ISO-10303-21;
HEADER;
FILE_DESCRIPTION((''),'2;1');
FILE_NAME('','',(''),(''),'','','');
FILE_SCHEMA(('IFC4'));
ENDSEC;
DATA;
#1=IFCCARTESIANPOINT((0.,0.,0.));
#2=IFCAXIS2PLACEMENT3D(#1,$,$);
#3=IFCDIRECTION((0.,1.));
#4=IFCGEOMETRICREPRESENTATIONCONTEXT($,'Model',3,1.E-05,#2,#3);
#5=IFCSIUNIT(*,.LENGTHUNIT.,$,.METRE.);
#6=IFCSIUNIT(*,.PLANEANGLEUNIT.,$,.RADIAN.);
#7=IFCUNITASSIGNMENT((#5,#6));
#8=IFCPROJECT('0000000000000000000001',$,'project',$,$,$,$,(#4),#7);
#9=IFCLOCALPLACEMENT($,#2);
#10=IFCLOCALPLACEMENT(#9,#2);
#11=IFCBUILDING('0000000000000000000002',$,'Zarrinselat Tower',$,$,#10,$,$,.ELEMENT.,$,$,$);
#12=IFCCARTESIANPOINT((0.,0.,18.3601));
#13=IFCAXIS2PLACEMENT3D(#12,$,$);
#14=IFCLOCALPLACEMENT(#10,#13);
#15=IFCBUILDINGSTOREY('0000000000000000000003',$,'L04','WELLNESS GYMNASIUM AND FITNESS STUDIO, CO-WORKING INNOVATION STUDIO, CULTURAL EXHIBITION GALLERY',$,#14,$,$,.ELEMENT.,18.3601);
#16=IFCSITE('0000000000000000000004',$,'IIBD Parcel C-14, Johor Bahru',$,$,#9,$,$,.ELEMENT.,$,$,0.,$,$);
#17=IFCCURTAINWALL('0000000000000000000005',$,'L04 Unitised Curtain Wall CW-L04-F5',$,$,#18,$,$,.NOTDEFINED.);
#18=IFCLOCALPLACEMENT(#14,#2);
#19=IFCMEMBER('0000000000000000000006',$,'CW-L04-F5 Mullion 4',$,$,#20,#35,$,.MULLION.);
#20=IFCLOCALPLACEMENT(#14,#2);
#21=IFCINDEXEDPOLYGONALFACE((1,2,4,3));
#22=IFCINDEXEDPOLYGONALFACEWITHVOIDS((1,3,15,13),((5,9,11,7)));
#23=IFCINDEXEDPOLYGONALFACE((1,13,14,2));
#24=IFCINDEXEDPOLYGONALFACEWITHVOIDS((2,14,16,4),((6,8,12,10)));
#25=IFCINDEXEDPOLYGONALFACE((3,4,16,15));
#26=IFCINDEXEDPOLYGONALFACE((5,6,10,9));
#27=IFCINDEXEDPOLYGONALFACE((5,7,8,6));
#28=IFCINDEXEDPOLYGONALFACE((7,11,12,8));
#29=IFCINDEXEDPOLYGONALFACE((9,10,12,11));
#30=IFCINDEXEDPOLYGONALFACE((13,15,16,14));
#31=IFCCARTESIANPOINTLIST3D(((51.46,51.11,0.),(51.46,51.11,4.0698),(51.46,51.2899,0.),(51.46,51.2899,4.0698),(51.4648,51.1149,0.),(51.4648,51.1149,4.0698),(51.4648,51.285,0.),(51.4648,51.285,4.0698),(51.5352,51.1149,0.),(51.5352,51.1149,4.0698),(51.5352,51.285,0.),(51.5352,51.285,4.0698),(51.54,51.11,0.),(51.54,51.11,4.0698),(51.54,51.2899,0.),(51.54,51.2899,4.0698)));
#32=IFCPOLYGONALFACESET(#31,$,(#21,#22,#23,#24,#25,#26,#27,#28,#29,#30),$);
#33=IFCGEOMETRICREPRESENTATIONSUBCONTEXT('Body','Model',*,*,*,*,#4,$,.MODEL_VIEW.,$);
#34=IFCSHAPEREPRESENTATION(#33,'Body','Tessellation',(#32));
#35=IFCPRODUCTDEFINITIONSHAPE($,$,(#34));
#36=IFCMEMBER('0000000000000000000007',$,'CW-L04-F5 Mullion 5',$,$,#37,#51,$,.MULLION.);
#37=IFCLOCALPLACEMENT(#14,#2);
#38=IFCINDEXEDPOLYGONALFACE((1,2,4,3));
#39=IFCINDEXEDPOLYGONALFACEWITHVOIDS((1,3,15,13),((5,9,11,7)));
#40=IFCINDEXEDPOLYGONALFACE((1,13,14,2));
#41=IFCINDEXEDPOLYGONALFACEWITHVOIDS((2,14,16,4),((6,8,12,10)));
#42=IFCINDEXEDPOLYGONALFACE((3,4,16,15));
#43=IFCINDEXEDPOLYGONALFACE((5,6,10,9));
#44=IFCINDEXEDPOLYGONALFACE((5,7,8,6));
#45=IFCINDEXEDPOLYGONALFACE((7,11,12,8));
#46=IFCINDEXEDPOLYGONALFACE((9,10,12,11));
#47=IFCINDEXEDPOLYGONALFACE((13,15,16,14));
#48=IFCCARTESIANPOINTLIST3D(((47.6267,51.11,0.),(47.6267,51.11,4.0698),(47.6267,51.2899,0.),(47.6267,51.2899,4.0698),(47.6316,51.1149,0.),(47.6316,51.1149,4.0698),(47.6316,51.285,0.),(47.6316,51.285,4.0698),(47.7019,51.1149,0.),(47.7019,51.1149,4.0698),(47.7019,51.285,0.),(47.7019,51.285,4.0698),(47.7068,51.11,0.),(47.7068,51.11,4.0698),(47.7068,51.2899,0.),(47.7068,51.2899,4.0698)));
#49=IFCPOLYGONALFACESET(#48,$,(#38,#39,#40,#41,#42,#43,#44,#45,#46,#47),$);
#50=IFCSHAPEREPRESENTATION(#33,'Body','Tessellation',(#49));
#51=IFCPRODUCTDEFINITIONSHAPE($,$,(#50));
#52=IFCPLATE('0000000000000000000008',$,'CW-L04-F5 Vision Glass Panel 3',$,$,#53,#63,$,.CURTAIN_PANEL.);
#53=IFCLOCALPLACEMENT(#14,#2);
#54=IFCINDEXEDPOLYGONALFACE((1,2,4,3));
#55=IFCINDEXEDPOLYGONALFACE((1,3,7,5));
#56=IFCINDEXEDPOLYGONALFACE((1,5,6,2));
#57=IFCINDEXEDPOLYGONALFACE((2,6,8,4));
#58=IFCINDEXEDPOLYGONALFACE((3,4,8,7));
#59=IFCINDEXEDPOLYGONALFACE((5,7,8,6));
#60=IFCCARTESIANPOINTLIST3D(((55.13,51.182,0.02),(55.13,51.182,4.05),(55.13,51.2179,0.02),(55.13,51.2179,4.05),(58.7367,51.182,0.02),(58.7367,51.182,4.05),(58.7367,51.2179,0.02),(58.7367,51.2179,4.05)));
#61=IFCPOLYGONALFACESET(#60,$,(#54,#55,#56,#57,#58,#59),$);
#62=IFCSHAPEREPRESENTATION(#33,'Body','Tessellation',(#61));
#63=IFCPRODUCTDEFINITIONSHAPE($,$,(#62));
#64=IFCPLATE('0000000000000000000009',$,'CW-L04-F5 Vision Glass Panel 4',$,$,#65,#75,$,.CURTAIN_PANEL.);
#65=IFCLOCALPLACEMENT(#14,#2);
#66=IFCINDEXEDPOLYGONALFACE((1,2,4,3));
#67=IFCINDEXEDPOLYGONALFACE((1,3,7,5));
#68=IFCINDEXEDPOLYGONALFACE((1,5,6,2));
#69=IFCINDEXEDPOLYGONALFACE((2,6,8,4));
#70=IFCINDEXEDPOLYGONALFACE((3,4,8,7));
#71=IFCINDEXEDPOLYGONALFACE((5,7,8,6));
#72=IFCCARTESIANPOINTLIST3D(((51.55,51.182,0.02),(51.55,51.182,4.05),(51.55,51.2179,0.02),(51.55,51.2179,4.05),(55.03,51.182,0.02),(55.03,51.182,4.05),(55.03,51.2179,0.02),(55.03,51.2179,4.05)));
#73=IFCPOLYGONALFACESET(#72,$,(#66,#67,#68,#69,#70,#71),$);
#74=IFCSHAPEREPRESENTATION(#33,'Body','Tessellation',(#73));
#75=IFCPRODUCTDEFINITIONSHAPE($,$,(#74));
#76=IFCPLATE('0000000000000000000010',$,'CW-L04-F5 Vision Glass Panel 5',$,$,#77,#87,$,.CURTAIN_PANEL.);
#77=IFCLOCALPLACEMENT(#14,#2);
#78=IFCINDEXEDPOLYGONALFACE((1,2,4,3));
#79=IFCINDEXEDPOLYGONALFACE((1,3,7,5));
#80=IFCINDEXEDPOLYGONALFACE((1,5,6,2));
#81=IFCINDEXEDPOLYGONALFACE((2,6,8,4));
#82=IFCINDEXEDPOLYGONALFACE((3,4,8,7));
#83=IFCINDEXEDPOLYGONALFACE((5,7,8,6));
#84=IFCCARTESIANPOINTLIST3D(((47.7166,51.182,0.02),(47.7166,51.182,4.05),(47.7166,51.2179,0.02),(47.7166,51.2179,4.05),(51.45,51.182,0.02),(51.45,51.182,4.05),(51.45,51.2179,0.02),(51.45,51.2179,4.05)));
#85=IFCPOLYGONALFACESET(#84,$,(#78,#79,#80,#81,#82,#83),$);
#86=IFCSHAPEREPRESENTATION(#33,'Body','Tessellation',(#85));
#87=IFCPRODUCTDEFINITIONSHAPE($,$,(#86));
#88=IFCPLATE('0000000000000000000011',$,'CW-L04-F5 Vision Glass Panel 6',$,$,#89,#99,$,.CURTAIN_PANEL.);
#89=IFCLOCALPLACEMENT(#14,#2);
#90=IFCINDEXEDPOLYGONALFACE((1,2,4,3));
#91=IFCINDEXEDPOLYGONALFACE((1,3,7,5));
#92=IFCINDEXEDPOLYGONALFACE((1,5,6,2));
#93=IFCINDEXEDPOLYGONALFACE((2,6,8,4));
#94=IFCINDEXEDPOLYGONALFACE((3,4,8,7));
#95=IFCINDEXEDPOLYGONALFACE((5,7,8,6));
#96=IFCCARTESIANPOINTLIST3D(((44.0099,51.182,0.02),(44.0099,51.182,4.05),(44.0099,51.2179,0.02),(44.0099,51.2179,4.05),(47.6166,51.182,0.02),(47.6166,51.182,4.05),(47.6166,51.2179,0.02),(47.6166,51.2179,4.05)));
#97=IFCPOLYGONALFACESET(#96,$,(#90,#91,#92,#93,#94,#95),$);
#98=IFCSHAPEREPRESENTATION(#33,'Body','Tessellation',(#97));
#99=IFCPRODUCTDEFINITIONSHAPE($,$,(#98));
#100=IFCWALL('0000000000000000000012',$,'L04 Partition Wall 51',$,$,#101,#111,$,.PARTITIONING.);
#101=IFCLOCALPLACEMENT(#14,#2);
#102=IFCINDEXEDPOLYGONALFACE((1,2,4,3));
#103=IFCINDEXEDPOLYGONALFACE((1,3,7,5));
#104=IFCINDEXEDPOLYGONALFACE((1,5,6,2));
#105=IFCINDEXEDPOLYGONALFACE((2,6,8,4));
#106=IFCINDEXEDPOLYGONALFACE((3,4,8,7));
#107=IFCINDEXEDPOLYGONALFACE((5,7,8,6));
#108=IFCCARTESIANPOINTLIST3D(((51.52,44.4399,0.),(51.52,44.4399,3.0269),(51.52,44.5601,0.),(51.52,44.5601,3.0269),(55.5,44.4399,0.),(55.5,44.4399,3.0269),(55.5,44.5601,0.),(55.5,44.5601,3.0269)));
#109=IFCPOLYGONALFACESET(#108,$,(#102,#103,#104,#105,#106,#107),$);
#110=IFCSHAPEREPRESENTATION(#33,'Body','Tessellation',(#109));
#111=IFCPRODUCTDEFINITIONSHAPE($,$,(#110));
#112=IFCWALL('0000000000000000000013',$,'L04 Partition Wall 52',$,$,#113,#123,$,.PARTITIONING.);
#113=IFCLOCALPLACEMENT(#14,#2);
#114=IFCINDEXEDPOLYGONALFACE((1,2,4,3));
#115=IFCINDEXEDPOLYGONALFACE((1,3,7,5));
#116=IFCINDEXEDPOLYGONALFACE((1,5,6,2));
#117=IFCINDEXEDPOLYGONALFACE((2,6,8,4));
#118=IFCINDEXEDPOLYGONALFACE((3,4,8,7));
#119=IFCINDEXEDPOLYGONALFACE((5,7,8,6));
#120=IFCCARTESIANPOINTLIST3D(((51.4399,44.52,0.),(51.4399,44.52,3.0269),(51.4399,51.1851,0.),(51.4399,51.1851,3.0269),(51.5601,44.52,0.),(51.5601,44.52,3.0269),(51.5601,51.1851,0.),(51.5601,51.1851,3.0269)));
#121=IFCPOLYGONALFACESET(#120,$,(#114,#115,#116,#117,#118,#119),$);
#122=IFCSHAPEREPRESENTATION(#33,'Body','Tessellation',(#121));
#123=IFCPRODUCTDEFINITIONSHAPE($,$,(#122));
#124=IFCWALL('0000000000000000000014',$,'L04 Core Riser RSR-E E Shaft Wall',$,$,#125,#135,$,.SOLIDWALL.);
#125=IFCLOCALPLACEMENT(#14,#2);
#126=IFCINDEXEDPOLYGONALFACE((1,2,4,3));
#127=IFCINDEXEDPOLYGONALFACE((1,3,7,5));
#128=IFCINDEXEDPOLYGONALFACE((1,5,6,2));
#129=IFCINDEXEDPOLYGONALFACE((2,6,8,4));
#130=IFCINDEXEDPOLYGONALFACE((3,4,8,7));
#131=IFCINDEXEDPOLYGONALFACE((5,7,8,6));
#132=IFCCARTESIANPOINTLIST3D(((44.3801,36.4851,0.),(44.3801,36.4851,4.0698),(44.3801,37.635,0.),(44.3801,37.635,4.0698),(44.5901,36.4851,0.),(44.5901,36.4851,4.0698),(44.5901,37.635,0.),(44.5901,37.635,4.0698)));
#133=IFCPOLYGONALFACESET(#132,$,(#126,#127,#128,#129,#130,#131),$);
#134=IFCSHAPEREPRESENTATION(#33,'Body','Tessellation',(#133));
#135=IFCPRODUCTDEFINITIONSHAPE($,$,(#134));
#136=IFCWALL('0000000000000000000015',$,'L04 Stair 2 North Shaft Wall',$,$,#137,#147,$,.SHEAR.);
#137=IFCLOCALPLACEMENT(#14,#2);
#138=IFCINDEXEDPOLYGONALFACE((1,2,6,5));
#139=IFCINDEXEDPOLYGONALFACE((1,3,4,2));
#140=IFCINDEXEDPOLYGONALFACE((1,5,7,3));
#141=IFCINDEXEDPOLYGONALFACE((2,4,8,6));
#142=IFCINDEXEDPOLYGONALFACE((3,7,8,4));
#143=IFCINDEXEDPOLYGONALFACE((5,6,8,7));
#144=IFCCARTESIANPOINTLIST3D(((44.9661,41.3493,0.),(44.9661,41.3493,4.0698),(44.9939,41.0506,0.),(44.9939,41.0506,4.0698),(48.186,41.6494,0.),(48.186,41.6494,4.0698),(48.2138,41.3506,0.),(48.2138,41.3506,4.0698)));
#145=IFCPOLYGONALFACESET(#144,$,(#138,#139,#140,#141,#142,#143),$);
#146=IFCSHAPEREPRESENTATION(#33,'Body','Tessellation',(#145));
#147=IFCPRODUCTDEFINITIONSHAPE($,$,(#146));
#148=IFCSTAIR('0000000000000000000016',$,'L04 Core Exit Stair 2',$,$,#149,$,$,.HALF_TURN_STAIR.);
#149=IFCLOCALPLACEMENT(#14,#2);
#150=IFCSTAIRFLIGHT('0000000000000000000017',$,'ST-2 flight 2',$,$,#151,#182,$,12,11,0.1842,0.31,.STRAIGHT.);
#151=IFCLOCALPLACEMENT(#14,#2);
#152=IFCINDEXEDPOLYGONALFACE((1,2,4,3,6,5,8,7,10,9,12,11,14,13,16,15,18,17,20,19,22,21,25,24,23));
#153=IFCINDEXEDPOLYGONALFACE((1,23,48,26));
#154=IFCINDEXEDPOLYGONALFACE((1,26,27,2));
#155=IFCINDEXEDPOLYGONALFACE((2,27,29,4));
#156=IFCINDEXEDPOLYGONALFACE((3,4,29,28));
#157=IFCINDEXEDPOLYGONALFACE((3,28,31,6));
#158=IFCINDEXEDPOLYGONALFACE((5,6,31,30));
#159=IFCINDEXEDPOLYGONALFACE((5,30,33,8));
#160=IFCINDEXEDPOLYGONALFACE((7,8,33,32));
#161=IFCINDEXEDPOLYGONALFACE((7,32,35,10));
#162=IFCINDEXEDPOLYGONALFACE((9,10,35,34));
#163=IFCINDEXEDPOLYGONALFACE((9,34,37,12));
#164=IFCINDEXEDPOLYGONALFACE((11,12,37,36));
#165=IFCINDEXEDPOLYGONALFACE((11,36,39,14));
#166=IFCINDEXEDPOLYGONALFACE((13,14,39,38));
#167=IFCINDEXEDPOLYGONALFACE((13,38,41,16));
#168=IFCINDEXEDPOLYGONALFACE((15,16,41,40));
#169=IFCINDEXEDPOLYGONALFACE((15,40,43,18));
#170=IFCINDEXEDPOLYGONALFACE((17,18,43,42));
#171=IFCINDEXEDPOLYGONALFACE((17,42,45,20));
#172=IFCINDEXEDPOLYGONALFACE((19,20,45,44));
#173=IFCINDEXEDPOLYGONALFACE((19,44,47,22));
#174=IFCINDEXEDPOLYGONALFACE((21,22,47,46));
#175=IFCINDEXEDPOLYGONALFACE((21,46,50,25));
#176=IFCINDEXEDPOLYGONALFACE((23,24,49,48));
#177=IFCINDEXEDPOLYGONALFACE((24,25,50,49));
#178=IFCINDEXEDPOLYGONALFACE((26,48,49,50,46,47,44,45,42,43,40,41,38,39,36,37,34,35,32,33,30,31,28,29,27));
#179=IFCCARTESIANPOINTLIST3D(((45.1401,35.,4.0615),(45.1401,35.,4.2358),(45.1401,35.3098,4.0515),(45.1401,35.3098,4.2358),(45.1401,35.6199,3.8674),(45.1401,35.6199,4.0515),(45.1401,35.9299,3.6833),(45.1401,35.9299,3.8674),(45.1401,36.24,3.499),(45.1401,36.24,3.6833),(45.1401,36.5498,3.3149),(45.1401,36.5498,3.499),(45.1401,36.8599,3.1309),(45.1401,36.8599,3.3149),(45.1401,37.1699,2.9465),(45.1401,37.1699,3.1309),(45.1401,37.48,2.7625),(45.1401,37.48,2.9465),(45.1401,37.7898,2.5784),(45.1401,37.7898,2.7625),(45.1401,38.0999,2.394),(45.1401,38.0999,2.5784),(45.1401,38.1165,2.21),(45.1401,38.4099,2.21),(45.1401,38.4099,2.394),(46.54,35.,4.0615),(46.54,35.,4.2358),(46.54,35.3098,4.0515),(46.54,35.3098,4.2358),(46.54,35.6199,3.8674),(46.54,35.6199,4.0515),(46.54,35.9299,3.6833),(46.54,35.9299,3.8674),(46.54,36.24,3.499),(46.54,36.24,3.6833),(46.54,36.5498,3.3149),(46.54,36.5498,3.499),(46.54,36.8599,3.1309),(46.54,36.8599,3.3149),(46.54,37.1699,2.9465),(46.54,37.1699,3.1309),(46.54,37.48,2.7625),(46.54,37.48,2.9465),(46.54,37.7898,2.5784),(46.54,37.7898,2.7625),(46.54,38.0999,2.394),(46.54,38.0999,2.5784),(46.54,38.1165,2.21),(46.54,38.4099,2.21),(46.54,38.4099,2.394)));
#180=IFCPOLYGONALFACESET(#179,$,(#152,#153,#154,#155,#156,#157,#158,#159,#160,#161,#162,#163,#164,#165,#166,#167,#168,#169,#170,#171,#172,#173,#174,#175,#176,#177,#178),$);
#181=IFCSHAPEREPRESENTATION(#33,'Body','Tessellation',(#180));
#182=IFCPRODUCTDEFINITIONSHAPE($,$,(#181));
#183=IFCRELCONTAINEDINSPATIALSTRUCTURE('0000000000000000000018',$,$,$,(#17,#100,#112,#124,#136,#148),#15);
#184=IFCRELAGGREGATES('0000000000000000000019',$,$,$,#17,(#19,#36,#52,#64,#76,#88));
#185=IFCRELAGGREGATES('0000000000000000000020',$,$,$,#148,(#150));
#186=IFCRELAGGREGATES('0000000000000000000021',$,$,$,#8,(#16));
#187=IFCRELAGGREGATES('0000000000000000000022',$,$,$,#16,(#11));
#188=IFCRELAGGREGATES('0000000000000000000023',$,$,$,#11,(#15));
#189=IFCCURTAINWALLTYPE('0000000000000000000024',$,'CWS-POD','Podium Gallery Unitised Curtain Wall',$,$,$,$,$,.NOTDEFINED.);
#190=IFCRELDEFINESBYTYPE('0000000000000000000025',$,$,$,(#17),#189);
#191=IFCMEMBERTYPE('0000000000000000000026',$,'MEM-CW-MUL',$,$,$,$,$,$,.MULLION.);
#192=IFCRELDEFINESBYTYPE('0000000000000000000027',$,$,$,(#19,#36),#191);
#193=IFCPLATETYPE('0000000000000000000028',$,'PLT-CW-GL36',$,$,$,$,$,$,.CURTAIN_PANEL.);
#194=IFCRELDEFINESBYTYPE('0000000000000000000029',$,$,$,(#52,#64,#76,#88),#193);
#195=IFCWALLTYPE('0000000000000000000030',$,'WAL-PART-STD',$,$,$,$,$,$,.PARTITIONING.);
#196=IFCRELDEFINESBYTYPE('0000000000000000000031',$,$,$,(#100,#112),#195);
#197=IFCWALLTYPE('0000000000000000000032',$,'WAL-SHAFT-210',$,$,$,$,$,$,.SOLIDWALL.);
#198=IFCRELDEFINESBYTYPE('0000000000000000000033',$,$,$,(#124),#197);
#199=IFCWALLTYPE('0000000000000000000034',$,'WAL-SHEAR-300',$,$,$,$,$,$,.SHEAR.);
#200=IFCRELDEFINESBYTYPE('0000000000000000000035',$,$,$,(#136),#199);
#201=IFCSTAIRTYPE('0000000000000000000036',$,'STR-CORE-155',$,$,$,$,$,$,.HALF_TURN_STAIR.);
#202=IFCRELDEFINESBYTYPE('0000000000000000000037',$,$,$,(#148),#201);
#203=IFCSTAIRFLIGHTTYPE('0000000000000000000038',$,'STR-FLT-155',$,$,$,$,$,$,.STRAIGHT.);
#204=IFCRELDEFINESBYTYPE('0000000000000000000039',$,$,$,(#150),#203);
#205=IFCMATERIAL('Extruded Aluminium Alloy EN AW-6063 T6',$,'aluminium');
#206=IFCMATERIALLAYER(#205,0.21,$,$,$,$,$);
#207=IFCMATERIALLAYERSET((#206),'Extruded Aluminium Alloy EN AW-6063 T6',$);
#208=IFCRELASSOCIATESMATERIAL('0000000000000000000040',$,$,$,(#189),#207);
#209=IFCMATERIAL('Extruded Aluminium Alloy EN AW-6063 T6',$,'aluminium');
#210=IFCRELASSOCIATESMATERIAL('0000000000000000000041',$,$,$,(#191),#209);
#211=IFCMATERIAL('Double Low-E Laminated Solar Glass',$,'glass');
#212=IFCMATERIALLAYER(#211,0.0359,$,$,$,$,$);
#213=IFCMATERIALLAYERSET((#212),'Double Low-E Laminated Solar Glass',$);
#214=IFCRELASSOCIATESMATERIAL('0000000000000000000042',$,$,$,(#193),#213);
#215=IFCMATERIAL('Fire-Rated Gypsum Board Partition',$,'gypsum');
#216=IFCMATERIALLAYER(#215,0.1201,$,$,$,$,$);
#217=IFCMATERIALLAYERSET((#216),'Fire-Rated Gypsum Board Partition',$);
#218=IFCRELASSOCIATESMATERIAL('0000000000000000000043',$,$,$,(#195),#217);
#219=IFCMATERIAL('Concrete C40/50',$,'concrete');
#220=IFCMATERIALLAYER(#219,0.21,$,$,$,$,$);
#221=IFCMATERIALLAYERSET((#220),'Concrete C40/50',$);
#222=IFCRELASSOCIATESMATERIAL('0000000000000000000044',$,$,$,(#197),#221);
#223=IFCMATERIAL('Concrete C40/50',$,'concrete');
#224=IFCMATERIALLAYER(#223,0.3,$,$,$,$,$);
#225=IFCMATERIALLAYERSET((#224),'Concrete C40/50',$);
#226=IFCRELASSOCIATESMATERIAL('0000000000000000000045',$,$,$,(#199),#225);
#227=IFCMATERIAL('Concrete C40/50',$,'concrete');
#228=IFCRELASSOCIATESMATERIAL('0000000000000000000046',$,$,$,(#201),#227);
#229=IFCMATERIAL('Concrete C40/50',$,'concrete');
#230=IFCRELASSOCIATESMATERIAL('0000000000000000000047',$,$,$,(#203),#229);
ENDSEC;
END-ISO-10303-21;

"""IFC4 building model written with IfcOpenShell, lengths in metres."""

from ifc_helpers import new_model, si_unit, direction, frame, frame_2d, origin, origin_2d, place, context, subcontext, project, spatial, polyline, rectangle, hollow_rectangle, outline, extrude, material, layer, layer_set, material_profile, profile_set, type_object, element, aggregate, save


model = new_model("IFC4")

# Units and contexts
model_context = context("Model", 3, precision=1e-05, world=origin(), true_north=direction((0.0, 1.0)))
body_context = subcontext(model_context, "Body", "Model", "MODEL_VIEW")
ifc_project = project(units=[si_unit("LENGTHUNIT", "METRE"), si_unit("PLANEANGLEUNIT", "RADIAN")], contexts=[model_context])

# Site, building, storey
site_placement = place(None, origin())
site = spatial("IfcSite", under=ifc_project, at=site_placement, Name="IIBD Parcel C-14, Johor Bahru", CompositionType="ELEMENT", RefElevation=0.0)
building_placement = place(site_placement, origin())
building = spatial("IfcBuilding", under=site, at=building_placement, Name="Zarrinselat Tower", CompositionType="ELEMENT")
storey_placement = place(building_placement, frame((0.0, 0.0, 18.3601)))
storey = spatial("IfcBuildingStorey", under=building, at=storey_placement, Name="L04", Description="WELLNESS GYMNASIUM AND FITNESS STUDIO, CO-WORKING INNOVATION STUDIO, CULTURAL EXHIBITION GALLERY", CompositionType="ELEMENT", Elevation=18.3601)

# Curtain wall, members, plates
ifc_material_1 = material(Name="Extruded Aluminium Alloy EN AW-6063 T6", Category="aluminium")
ifc_layer_1 = layer(ifc_material_1, 0.21)
ifc_layer_set_1 = layer_set([ifc_layer_1], Name="Extruded Aluminium Alloy EN AW-6063 T6")
curtain_wall_type = type_object("IfcCurtainWallType", Name="CWS-POD", Description="Podium Gallery Unitised Curtain Wall", PredefinedType="NOTDEFINED", material=ifc_layer_set_1)
curtain_wall_placement = place(storey_placement, origin())
curtain_wall = element("IfcCurtainWall", 1, at=curtain_wall_placement, inside=storey, type_object=curtain_wall_type, Name="L04 Unitised Curtain Wall CW-L04-F5", PredefinedType="NOTDEFINED")
ifc_material_2 = material(Name="Extruded Aluminium Alloy EN AW-6063 T6", Category="aluminium")
ifc_material_profile_1 = material_profile(ifc_material_2, hollow_rectangle(XDim=0.0801, YDim=0.1799, WallThickness=0.0049, at=origin_2d()), Name="RHS 180x80x5")
ifc_profile_set_1 = profile_set([ifc_material_profile_1], Name="Extruded Aluminium Alloy EN AW-6063 T6")
member_type = type_object("IfcMemberType", Name="MEM-CW-MUL", PredefinedType="MULLION", material=ifc_profile_set_1)
member_1_placement = place(storey_placement, frame((51.5, 51.2, 0.0), z_axis=(0.0, 0.0, 1.0), x_axis=(-1.0, 0.0, 0.0)))
member_1 = element("IfcMember", 2, at=member_1_placement, type_object=member_type, Name="CW-L04-F5 Mullion 4", PredefinedType="MULLION", context=body_context, shape_type="SweptSolid", body=[
    extrude(hollow_rectangle(XDim=0.0801, YDim=0.1799, WallThickness=0.0049, at=origin_2d()), origin(), (0.0, 0.0, 1.0), 4.0698),
])
member_2_placement = place(storey_placement, frame((47.6667, 51.2, 0.0), z_axis=(0.0, 0.0, 1.0), x_axis=(-1.0, 0.0, 0.0)))
member_2 = element("IfcMember", 3, at=member_2_placement, type_object=member_type, Name="CW-L04-F5 Mullion 5", PredefinedType="MULLION", context=body_context, shape_type="SweptSolid", body=[
    extrude(hollow_rectangle(XDim=0.0801, YDim=0.1799, WallThickness=0.0049, at=origin_2d()), origin(), (0.0, 0.0, 1.0), 4.0698),
])
ifc_material_3 = material(Name="Double Low-E Laminated Solar Glass", Category="glass")
ifc_layer_2 = layer(ifc_material_3, 0.0359)
ifc_layer_set_2 = layer_set([ifc_layer_2], Name="Double Low-E Laminated Solar Glass")
plate_type = type_object("IfcPlateType", Name="PLT-CW-GL36", PredefinedType="CURTAIN_PANEL", material=ifc_layer_set_2)
plate_1_placement = place(storey_placement, frame((56.9333, 51.2, 0.02), z_axis=(0.0, 0.0, 1.0), x_axis=(-1.0, 0.0, 0.0)))
plate_1 = element("IfcPlate", 4, at=plate_1_placement, type_object=plate_type, Name="CW-L04-F5 Vision Glass Panel 3", PredefinedType="CURTAIN_PANEL", context=body_context, shape_type="SweptSolid", body=[
    extrude(rectangle(XDim=3.6067, YDim=0.0359, at=origin_2d()), origin(), (0.0, 0.0, 1.0), 4.03),
])
plate_2_placement = place(storey_placement, frame((53.29, 51.2, 0.02), z_axis=(0.0, 0.0, 1.0), x_axis=(-1.0, 0.0, 0.0)))
plate_2 = element("IfcPlate", 5, at=plate_2_placement, type_object=plate_type, Name="CW-L04-F5 Vision Glass Panel 4", PredefinedType="CURTAIN_PANEL", context=body_context, shape_type="SweptSolid", body=[
    extrude(rectangle(XDim=3.48, YDim=0.0359, at=origin_2d()), origin(), (0.0, 0.0, 1.0), 4.03),
])
plate_3_placement = place(storey_placement, frame((49.5833, 51.2, 0.02), z_axis=(0.0, 0.0, 1.0), x_axis=(-1.0, 0.0, 0.0)))
plate_3 = element("IfcPlate", 6, at=plate_3_placement, type_object=plate_type, Name="CW-L04-F5 Vision Glass Panel 5", PredefinedType="CURTAIN_PANEL", context=body_context, shape_type="SweptSolid", body=[
    extrude(rectangle(XDim=3.7334, YDim=0.0359, at=origin_2d()), origin(), (0.0, 0.0, 1.0), 4.03),
])
plate_4_placement = place(storey_placement, frame((45.8132, 51.2, 0.02), z_axis=(0.0, 0.0, 1.0), x_axis=(-1.0, 0.0, 0.0)))
plate_4 = element("IfcPlate", 7, at=plate_4_placement, type_object=plate_type, Name="CW-L04-F5 Vision Glass Panel 6", PredefinedType="CURTAIN_PANEL", context=body_context, shape_type="SweptSolid", body=[
    extrude(rectangle(XDim=3.6067, YDim=0.0359, at=origin_2d()), origin(), (0.0, 0.0, 1.0), 4.03),
])
aggregate(curtain_wall, [member_1, member_2, plate_1, plate_2, plate_3, plate_4])

# Walls
ifc_material_4 = material(Name="Fire-Rated Gypsum Board Partition", Category="gypsum")
ifc_layer_3 = layer(ifc_material_4, 0.1201)
ifc_layer_set_3 = layer_set([ifc_layer_3], Name="Fire-Rated Gypsum Board Partition")
wall_type_1 = type_object("IfcWallType", Name="WAL-PART-STD", PredefinedType="PARTITIONING", material=ifc_layer_set_3)
wall_1_placement = place(storey_placement, frame((51.52, 44.5, 0.0), z_axis=(0.0, 0.0, 1.0), x_axis=(1.0, 0.0, 0.0)))
element("IfcWall", 8, at=wall_1_placement, inside=storey, type_object=wall_type_1, Name="L04 Partition Wall 51", PredefinedType="PARTITIONING", context=body_context, shape_type="SweptSolid", body=[
    extrude(rectangle(XDim=3.98, YDim=0.1201, at=frame_2d((1.99, 0.0))), origin(), (0.0, 0.0, 1.0), 3.0269),
])
wall_2_placement = place(storey_placement, frame((51.5, 44.52, 0.0), z_axis=(0.0, 0.0, 1.0), x_axis=(0.0, 1.0, 0.0)))
element("IfcWall", 9, at=wall_2_placement, inside=storey, type_object=wall_type_1, Name="L04 Partition Wall 52", PredefinedType="PARTITIONING", context=body_context, shape_type="SweptSolid", body=[
    extrude(rectangle(XDim=6.665, YDim=0.1201, at=frame_2d((3.3325, 0.0))), origin(), (0.0, 0.0, 1.0), 3.0269),
])
ifc_material_5 = material(Name="Concrete C40/50", Category="concrete")
ifc_layer_4 = layer(ifc_material_5, 0.21)
ifc_layer_set_4 = layer_set([ifc_layer_4], Name="Concrete C40/50")
wall_type_2 = type_object("IfcWallType", Name="WAL-SHAFT-210", PredefinedType="SOLIDWALL", material=ifc_layer_set_4)
wall_3_placement = place(storey_placement, frame((44.4851, 36.4851, 0.0), z_axis=(0.0, 0.0, 1.0), x_axis=(0.0, 1.0, 0.0)))
element("IfcWall", 10, at=wall_3_placement, inside=storey, type_object=wall_type_2, Name="L04 Core Riser RSR-E E Shaft Wall", PredefinedType="SOLIDWALL", context=body_context, shape_type="SweptSolid", body=[
    extrude(rectangle(XDim=1.1499, YDim=0.21, at=frame_2d((0.575, 0.0))), origin(), (0.0, 0.0, 1.0), 4.0698),
])
ifc_material_6 = material(Name="Concrete C40/50", Category="concrete")
ifc_layer_5 = layer(ifc_material_6, 0.3)
ifc_layer_set_5 = layer_set([ifc_layer_5], Name="Concrete C40/50")
wall_type_3 = type_object("IfcWallType", Name="WAL-SHEAR-300", PredefinedType="SHEAR", material=ifc_layer_set_5)
wall_4_placement = place(storey_placement, frame((44.98, 41.2, 0.0), z_axis=(0.0, 0.0, 1.0), x_axis=(0.995686, 0.092782, 0.0)))
element("IfcWall", 11, at=wall_4_placement, inside=storey, type_object=wall_type_3, Name="L04 Stair 2 North Shaft Wall", PredefinedType="SHEAR", context=body_context, shape_type="SweptSolid", body=[
    extrude(rectangle(XDim=3.2339, YDim=0.3, at=frame_2d((1.6169, 0.0))), origin(), (0.0, 0.0, 1.0), 4.0698),
])

# Stair, stair flight
ifc_material_7 = material(Name="Concrete C40/50", Category="concrete")
stair_type = type_object("IfcStairType", Name="STR-CORE-155", PredefinedType="HALF_TURN_STAIR", material=ifc_material_7)
stair_placement = place(storey_placement, origin())
stair = element("IfcStair", 12, at=stair_placement, inside=storey, type_object=stair_type, Name="L04 Core Exit Stair 2", PredefinedType="HALF_TURN_STAIR")
ifc_material_8 = material(Name="Concrete C40/50", Category="concrete")
stair_flight_type = type_object("IfcStairFlightType", Name="STR-FLT-155", PredefinedType="STRAIGHT", material=ifc_material_8)
stair_flight_placement = place(storey_placement, frame((45.8401, 38.4099, 2.21), z_axis=(0.0, 0.0, 1.0), x_axis=(0.0, -1.0, 0.0)))
stair_flight = element("IfcStairFlight", 13, at=stair_flight_placement, type_object=stair_flight_type, Name="ST-2 flight 2", NumberOfRisers=12, NumberOfTreads=11, PredefinedType="STRAIGHT", RiserHeight=0.1842, TreadLength=0.31, context=body_context, shape_type="SweptSolid", body=[
    extrude(outline(polyline([(0.0, 0.0), (0.0, 0.1841), (0.3101, 0.1841), (0.3101, 0.3684), (0.6201, 0.3684), (0.6201, 0.5525), (0.9299, 0.5525), (0.9299, 0.7366), (1.24, 0.7366), (1.24, 0.9209), (1.55, 0.9209), (1.55, 1.105), (1.8601, 1.105), (1.8601, 1.2891), (2.1699, 1.2891), (2.1699, 1.4734), (2.48, 1.4734), (2.48, 1.6575), (2.79, 1.6575), (2.79, 1.8416), (3.1001, 1.8416), (3.1001, 2.0259), (3.4099, 2.0259), (3.4099, 2.21), (3.4099, 1.8516), (0.2935, 0.0), (0.0, 0.0)])), frame((0.0, 0.7, 0.0), z_axis=(0.0, -1.0, 0.0), x_axis=(1.0, 0.0, 0.0)), (0.0, 0.0, 1.0), 1.3999),
])
aggregate(stair, [stair_flight])

save(model, "model.ifc")
